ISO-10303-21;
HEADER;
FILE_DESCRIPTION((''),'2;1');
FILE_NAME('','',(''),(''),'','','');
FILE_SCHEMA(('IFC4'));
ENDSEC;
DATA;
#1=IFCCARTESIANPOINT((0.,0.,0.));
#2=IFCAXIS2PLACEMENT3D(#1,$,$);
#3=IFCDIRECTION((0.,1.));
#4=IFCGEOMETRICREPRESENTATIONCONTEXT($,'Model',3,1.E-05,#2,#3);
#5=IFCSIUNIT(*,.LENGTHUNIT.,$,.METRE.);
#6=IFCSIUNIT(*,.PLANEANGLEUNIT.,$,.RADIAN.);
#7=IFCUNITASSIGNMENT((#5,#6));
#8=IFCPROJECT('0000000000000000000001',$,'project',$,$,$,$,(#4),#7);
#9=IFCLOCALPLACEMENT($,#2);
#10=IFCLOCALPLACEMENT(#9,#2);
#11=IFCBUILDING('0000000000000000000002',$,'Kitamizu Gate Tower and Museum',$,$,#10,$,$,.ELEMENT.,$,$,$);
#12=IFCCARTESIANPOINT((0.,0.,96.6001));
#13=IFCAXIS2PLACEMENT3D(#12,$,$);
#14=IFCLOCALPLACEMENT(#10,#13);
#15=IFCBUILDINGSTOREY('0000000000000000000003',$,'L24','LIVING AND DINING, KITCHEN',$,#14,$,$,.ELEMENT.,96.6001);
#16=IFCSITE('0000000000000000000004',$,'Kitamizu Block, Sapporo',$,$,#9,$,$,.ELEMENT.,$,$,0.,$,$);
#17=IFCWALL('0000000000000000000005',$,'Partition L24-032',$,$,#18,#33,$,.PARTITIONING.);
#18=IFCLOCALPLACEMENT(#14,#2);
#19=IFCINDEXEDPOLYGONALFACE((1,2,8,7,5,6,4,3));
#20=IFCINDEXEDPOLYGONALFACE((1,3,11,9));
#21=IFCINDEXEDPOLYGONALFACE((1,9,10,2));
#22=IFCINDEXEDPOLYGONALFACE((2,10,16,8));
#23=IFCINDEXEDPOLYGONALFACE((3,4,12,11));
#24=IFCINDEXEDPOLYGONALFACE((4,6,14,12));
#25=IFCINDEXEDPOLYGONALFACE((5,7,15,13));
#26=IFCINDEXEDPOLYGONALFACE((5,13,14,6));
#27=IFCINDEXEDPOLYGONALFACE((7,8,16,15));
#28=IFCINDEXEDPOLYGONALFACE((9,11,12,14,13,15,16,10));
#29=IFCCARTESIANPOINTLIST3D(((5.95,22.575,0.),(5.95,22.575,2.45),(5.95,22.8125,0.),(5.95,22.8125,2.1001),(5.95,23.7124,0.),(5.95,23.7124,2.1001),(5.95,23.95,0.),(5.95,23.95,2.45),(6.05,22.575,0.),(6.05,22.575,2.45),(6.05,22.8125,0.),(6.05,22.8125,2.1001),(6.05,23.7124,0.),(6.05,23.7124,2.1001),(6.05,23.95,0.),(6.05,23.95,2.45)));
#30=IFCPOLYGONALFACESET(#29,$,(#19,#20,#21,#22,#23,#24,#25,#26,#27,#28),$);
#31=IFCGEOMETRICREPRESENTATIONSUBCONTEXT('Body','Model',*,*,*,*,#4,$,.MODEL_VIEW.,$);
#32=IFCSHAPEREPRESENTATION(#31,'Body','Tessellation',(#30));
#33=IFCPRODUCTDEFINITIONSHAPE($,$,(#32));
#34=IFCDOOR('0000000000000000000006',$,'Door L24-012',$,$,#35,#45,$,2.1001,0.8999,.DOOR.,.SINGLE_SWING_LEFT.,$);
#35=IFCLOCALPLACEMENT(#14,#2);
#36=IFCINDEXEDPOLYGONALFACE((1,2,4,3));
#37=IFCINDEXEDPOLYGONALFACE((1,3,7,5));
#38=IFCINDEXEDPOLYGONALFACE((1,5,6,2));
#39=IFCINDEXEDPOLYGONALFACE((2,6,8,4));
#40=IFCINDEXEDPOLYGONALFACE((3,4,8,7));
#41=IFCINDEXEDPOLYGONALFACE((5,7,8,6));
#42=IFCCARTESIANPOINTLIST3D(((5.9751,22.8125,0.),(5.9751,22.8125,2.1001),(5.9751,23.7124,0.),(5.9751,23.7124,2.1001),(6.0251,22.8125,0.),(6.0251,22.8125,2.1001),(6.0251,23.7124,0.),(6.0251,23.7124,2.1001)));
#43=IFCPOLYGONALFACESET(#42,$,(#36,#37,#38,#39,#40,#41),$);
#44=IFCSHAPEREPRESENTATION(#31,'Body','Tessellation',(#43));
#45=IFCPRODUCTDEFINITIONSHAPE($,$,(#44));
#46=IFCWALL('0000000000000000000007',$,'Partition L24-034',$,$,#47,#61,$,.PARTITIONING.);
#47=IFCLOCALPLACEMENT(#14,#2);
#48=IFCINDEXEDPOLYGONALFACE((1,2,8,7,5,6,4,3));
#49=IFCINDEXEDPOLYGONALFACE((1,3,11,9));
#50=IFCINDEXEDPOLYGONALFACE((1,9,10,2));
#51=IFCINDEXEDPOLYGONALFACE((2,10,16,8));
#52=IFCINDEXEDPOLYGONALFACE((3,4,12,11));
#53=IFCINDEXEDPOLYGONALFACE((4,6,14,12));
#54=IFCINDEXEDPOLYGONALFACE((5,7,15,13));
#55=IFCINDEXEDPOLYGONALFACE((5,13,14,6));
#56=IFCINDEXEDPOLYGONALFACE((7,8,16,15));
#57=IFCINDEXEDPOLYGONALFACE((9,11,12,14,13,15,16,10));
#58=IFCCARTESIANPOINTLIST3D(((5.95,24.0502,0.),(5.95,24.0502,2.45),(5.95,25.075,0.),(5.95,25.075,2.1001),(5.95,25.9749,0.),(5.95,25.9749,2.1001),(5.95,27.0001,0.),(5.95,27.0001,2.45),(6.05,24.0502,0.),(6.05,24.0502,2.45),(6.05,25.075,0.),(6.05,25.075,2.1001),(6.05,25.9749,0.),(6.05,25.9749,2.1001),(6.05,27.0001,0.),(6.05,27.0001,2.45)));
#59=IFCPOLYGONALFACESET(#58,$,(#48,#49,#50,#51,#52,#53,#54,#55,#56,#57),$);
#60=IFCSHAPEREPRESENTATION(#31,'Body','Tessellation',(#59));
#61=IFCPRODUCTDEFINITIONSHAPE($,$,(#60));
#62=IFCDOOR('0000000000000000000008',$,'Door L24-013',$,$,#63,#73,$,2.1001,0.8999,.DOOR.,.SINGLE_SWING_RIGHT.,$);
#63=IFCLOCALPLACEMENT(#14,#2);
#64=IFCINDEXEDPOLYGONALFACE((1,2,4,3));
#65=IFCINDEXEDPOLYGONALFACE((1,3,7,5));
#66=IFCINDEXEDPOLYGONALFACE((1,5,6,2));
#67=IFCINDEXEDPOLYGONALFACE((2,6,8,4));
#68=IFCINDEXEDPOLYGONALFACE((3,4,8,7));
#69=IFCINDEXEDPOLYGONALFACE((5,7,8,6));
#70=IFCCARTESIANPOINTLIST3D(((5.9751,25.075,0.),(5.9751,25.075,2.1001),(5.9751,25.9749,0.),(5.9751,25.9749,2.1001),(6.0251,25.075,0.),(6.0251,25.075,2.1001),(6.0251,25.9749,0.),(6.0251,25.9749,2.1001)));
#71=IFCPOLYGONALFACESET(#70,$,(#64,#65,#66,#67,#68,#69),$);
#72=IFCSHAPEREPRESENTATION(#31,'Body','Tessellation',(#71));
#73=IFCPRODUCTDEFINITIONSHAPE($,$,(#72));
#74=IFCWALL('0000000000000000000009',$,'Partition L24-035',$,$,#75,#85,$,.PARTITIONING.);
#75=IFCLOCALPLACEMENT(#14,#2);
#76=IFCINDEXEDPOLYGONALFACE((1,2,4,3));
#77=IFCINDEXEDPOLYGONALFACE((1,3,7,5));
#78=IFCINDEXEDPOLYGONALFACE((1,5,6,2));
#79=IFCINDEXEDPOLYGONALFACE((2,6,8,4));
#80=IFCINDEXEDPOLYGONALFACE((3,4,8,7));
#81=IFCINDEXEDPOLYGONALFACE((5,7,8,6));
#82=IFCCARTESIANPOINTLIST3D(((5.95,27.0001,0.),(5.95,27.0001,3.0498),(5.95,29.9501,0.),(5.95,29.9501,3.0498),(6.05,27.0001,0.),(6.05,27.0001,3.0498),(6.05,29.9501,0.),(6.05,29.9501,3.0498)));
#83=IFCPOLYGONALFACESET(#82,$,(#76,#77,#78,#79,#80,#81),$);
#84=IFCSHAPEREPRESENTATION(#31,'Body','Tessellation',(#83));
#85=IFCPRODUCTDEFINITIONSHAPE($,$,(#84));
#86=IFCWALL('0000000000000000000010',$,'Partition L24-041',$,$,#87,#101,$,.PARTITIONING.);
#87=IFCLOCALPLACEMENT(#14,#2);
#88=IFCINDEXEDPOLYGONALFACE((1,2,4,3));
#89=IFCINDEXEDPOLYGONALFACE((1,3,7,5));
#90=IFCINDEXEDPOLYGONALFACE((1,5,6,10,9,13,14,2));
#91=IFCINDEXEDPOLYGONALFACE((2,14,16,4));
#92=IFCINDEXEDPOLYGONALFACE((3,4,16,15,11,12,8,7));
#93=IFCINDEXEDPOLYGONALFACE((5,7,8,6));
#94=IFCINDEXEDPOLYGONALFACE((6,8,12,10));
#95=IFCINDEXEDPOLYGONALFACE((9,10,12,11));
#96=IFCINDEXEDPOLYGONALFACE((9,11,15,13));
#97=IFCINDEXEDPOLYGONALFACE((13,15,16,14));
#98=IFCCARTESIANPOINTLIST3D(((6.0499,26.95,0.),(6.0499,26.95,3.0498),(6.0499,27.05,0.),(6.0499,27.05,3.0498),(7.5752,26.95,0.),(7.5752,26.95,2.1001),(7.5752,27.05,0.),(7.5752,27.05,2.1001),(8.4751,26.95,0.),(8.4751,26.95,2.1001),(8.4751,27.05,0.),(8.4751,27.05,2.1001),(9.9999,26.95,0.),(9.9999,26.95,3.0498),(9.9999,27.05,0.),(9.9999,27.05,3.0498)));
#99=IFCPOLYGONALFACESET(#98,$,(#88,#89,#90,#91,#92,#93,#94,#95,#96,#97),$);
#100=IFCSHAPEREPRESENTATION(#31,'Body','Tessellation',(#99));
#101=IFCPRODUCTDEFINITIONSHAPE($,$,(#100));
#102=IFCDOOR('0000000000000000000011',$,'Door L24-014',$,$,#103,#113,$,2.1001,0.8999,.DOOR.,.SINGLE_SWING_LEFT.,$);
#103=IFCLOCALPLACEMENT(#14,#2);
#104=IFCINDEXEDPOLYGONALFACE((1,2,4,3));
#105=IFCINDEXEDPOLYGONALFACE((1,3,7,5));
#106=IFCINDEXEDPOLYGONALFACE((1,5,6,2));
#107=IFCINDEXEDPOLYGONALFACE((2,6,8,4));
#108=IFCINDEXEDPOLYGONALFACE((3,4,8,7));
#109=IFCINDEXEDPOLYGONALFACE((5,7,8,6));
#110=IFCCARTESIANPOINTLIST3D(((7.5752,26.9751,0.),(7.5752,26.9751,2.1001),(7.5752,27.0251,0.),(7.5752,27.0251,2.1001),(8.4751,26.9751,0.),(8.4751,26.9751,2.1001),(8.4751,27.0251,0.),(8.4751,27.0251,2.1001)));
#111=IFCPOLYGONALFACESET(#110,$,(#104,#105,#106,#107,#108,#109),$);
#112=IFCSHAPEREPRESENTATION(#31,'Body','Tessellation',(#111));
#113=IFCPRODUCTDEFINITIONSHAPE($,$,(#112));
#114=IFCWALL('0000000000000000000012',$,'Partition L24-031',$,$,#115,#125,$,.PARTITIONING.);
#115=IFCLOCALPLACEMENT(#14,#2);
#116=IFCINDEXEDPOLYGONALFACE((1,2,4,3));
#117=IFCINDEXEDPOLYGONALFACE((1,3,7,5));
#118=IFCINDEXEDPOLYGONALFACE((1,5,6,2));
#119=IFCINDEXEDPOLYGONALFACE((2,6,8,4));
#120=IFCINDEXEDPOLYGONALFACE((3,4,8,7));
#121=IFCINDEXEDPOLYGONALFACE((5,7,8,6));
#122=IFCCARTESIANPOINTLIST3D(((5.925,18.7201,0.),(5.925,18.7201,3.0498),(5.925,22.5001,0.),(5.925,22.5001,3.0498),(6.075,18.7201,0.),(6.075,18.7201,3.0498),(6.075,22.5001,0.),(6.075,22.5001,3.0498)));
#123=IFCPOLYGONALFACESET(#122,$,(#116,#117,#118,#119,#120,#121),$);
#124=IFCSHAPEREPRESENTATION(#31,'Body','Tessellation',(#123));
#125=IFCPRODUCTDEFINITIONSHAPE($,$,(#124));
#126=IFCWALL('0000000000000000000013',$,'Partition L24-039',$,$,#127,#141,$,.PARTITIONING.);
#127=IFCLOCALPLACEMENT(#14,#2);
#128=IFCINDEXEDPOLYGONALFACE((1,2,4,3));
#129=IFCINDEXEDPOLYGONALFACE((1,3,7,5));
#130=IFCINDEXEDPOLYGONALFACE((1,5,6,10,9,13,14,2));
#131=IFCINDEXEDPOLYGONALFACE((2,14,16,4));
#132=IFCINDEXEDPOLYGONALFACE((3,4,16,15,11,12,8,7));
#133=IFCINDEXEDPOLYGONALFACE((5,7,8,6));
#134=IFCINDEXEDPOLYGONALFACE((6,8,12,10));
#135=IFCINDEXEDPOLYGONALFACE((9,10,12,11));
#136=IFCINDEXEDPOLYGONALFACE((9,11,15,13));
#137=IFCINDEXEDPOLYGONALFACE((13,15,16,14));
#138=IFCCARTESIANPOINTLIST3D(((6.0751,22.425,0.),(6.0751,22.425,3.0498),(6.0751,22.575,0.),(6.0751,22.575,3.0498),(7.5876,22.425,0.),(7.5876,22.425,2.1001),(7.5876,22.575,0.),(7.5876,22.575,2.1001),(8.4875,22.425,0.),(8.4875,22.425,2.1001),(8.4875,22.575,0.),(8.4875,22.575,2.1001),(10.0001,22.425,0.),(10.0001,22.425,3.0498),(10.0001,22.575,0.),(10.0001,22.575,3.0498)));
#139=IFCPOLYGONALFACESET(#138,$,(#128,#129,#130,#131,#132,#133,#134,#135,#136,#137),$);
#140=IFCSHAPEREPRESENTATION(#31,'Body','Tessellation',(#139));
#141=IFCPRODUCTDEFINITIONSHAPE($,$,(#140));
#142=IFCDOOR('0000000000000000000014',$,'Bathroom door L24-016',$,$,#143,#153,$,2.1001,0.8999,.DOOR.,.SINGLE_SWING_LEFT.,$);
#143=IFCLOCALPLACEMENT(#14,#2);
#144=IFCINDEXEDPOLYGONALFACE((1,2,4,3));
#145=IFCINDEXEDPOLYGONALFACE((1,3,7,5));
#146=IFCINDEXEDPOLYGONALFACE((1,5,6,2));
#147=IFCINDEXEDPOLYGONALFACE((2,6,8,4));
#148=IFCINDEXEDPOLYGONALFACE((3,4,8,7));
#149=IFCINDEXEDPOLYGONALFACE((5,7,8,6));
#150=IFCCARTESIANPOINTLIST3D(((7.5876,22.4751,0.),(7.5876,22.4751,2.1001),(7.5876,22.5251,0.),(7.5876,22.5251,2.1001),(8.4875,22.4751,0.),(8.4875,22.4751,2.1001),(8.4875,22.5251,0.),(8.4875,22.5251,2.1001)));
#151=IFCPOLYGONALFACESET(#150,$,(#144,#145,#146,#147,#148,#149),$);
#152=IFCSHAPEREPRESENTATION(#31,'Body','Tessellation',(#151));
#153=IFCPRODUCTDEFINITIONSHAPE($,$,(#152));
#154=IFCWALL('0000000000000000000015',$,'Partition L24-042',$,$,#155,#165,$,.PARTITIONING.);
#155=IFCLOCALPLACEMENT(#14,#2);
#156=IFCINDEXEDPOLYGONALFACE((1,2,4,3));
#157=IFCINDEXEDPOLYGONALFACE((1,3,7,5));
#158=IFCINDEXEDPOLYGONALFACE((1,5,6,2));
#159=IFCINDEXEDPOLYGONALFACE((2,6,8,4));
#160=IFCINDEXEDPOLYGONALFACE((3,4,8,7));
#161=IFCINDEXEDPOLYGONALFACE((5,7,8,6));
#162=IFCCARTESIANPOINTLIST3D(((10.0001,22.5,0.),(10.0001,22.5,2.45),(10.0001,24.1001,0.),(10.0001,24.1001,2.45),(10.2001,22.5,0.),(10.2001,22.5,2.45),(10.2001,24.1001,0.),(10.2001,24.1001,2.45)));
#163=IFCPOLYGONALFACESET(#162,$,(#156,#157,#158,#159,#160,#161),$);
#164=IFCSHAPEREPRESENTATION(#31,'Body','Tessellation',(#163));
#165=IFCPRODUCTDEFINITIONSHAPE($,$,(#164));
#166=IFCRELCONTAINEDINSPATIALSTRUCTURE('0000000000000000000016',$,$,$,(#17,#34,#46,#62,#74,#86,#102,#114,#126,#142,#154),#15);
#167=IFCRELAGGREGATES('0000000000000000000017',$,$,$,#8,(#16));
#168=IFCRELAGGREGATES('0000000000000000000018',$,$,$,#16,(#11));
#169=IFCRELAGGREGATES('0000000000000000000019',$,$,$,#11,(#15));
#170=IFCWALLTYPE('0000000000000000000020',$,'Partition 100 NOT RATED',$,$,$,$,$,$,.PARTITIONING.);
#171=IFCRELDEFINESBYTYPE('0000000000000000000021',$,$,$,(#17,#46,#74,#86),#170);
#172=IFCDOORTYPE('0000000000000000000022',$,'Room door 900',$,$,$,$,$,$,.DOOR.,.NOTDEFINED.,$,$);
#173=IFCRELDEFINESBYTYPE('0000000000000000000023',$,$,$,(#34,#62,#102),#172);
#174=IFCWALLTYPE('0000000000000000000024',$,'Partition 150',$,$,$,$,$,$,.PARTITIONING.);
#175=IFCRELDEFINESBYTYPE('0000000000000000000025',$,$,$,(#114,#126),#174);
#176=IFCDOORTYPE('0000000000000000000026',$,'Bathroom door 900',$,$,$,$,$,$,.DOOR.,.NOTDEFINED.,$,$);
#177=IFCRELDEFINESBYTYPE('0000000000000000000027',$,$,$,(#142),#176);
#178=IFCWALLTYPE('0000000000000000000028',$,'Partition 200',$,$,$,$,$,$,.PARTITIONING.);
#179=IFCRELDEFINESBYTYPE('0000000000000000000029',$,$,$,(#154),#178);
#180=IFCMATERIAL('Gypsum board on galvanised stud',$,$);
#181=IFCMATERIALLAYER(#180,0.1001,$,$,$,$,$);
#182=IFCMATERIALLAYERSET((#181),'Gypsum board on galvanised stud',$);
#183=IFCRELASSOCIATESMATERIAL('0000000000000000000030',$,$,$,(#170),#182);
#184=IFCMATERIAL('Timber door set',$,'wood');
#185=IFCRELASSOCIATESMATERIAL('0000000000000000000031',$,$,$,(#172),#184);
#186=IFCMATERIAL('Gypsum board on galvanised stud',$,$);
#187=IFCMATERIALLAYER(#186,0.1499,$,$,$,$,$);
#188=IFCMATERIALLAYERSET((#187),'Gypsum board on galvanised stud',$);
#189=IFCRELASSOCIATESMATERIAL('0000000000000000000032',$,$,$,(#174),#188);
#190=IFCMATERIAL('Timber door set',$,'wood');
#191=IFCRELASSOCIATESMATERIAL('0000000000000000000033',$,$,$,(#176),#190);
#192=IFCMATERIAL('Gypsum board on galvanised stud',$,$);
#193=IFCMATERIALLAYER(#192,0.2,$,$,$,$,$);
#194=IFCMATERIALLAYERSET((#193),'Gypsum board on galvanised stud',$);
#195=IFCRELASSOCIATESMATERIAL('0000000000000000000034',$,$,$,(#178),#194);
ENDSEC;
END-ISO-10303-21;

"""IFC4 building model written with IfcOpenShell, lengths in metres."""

from ifc_helpers import new_model, si_unit, direction, frame, frame_2d, origin, place, context, subcontext, project, spatial, rectangle, extrude, material, layer, layer_set, type_object, element, fill, save


model = new_model("IFC4")

# Units and contexts
model_context = context("Model", 3, precision=1e-05, world=origin(), true_north=direction((0.0, 1.0)))
body_context = subcontext(model_context, "Body", "Model", "MODEL_VIEW")
ifc_project = project(units=[si_unit("LENGTHUNIT", "METRE"), si_unit("PLANEANGLEUNIT", "RADIAN")], contexts=[model_context])

# Site, building, storey
site_placement = place(None, origin())
site = spatial("IfcSite", under=ifc_project, at=site_placement, Name="Kitamizu Block, Sapporo", CompositionType="ELEMENT", RefElevation=0.0)
building_placement = place(site_placement, origin())
building = spatial("IfcBuilding", under=site, at=building_placement, Name="Kitamizu Gate Tower and Museum", CompositionType="ELEMENT")
storey_placement = place(building_placement, frame((0.0, 0.0, 96.6001)))
storey = spatial("IfcBuildingStorey", under=building, at=storey_placement, Name="L24", Description="LIVING AND DINING, KITCHEN", CompositionType="ELEMENT", Elevation=96.6001)

# Shared definitions
ifc_material_1 = material(Name="Gypsum board on galvanised stud")
ifc_layer_1 = layer(ifc_material_1, 0.1001)
ifc_layer_set_1 = layer_set([ifc_layer_1], Name="Gypsum board on galvanised stud")
wall_type_1 = type_object("IfcWallType", Name="Partition 100 NOT RATED", PredefinedType="PARTITIONING", material=ifc_layer_set_1)

# Walls, openings, doors
wall_1_placement = place(storey_placement, frame((6.0, 22.575, 0.0), z_axis=(0.0, 0.0, 1.0), x_axis=(0.0, 1.0, 0.0)))
wall_1 = element("IfcWall", 1, at=wall_1_placement, inside=storey, type_object=wall_type_1, Name="Partition L24-032", PredefinedType="PARTITIONING", context=body_context, shape_type="SweptSolid", body=[
    extrude(rectangle(XDim=1.375, YDim=0.1001, at=frame_2d((0.6875, 0.0))), origin(), (0.0, 0.0, 1.0), 2.45),
])
opening_1_placement = place(wall_1_placement, frame((0.2375, 0.0, 0.0)))
opening_1 = element("IfcOpeningElement", 2, at=opening_1_placement, cuts=wall_1, PredefinedType="OPENING", context=body_context, shape_type="SweptSolid", body=[
    extrude(rectangle(XDim=0.8999, YDim=2.1001, at=frame_2d((0.45, 1.05))), frame((0.0, 0.0601, 0.0), z_axis=(0.0, -1.0, 0.0), x_axis=(1.0, 0.0, 0.0)), (0.0, 0.0, 1.0), 0.1201),
])
ifc_material_2 = material(Name="Timber door set", Category="wood")
door_type_1 = type_object("IfcDoorType", Name="Room door 900", OperationType="NOTDEFINED", PredefinedType="DOOR", material=ifc_material_2)
door_1_placement = place(opening_1_placement, origin())
door_1 = element("IfcDoor", 3, at=door_1_placement, inside=storey, type_object=door_type_1, Name="Door L24-012", OperationType="SINGLE_SWING_LEFT", OverallHeight=2.1001, OverallWidth=0.8999, PredefinedType="DOOR", context=body_context, shape_type="SweptSolid", body=[
    extrude(rectangle(XDim=0.8999, YDim=2.1001, at=frame_2d((0.45, 1.05))), frame((0.0, 0.0249, 0.0), z_axis=(0.0, -1.0, 0.0), x_axis=(1.0, 0.0, 0.0)), (0.0, 0.0, 1.0), 0.05),
])
fill(opening_1, door_1)
wall_2_placement = place(storey_placement, frame((6.0, 24.05, 0.0), z_axis=(0.0, 0.0, 1.0), x_axis=(0.0, 1.0, 0.0)))
wall_2 = element("IfcWall", 4, at=wall_2_placement, inside=storey, type_object=wall_type_1, Name="Partition L24-034", PredefinedType="PARTITIONING", context=body_context, shape_type="SweptSolid", body=[
    extrude(rectangle(XDim=2.95, YDim=0.1001, at=frame_2d((1.4751, 0.0))), origin(), (0.0, 0.0, 1.0), 2.45),
])
opening_2_placement = place(wall_2_placement, frame((1.0249, 0.0, 0.0)))
opening_2 = element("IfcOpeningElement", 5, at=opening_2_placement, cuts=wall_2, PredefinedType="OPENING", context=body_context, shape_type="SweptSolid", body=[
    extrude(rectangle(XDim=0.8999, YDim=2.1001, at=frame_2d((0.45, 1.05))), frame((0.0, 0.0601, 0.0), z_axis=(0.0, -1.0, 0.0), x_axis=(1.0, 0.0, 0.0)), (0.0, 0.0, 1.0), 0.1201),
])
door_2_placement = place(opening_2_placement, origin())
door_2 = element("IfcDoor", 6, at=door_2_placement, inside=storey, type_object=door_type_1, Name="Door L24-013", OperationType="SINGLE_SWING_RIGHT", OverallHeight=2.1001, OverallWidth=0.8999, PredefinedType="DOOR", context=body_context, shape_type="SweptSolid", body=[
    extrude(rectangle(XDim=0.8999, YDim=2.1001, at=frame_2d((0.45, 1.05))), frame((0.0, 0.0249, 0.0), z_axis=(0.0, -1.0, 0.0), x_axis=(1.0, 0.0, 0.0)), (0.0, 0.0, 1.0), 0.05),
])
fill(opening_2, door_2)

# Wall
wall_3_placement = place(storey_placement, frame((6.0, 27.0, 0.0), z_axis=(0.0, 0.0, 1.0), x_axis=(0.0, 1.0, 0.0)))
element("IfcWall", 7, at=wall_3_placement, inside=storey, type_object=wall_type_1, Name="Partition L24-035", PredefinedType="PARTITIONING", context=body_context, shape_type="SweptSolid", body=[
    extrude(rectangle(XDim=2.95, YDim=0.1001, at=frame_2d((1.4751, 0.0))), origin(), (0.0, 0.0, 1.0), 3.0498),
])

# Wall, opening, door
wall_4_placement = place(storey_placement, frame((10.0, 27.0, 0.0), z_axis=(0.0, 0.0, 1.0), x_axis=(-1.0, 0.0, 0.0)))
wall_4 = element("IfcWall", 8, at=wall_4_placement, inside=storey, type_object=wall_type_1, Name="Partition L24-041", PredefinedType="PARTITIONING", context=body_context, shape_type="SweptSolid", body=[
    extrude(rectangle(XDim=3.95, YDim=0.1001, at=frame_2d((1.9751, 0.0))), origin(), (0.0, 0.0, 1.0), 3.0498),
])
opening_3_placement = place(wall_4_placement, frame((1.5249, 0.0, 0.0)))
opening_3 = element("IfcOpeningElement", 9, at=opening_3_placement, cuts=wall_4, PredefinedType="OPENING", context=body_context, shape_type="SweptSolid", body=[
    extrude(rectangle(XDim=0.8999, YDim=2.1001, at=frame_2d((0.45, 1.05))), frame((0.0, 0.0601, 0.0), z_axis=(0.0, -1.0, 0.0), x_axis=(1.0, 0.0, 0.0)), (0.0, 0.0, 1.0), 0.1201),
])
door_3_placement = place(opening_3_placement, origin())
door_3 = element("IfcDoor", 10, at=door_3_placement, inside=storey, type_object=door_type_1, Name="Door L24-014", OperationType="SINGLE_SWING_LEFT", OverallHeight=2.1001, OverallWidth=0.8999, PredefinedType="DOOR", context=body_context, shape_type="SweptSolid", body=[
    extrude(rectangle(XDim=0.8999, YDim=2.1001, at=frame_2d((0.45, 1.05))), frame((0.0, 0.0249, 0.0), z_axis=(0.0, -1.0, 0.0), x_axis=(1.0, 0.0, 0.0)), (0.0, 0.0, 1.0), 0.05),
])
fill(opening_3, door_3)

# Wall
ifc_material_3 = material(Name="Gypsum board on galvanised stud")
ifc_layer_2 = layer(ifc_material_3, 0.1499)
ifc_layer_set_2 = layer_set([ifc_layer_2], Name="Gypsum board on galvanised stud")
wall_type_2 = type_object("IfcWallType", Name="Partition 150", PredefinedType="PARTITIONING", material=ifc_layer_set_2)
wall_5_placement = place(storey_placement, frame((6.0, 18.72, 0.0), z_axis=(0.0, 0.0, 1.0), x_axis=(0.0, 1.0, 0.0)))
element("IfcWall", 11, at=wall_5_placement, inside=storey, type_object=wall_type_2, Name="Partition L24-031", PredefinedType="PARTITIONING", context=body_context, shape_type="SweptSolid", body=[
    extrude(rectangle(XDim=3.78, YDim=0.1499, at=frame_2d((1.8901, 0.0))), origin(), (0.0, 0.0, 1.0), 3.0498),
])

# Wall, opening, door
wall_6_placement = place(storey_placement, frame((10.0, 22.5, 0.0), z_axis=(0.0, 0.0, 1.0), x_axis=(-1.0, 0.0, 0.0)))
wall_6 = element("IfcWall", 12, at=wall_6_placement, inside=storey, type_object=wall_type_2, Name="Partition L24-039", PredefinedType="PARTITIONING", context=body_context, shape_type="SweptSolid", body=[
    extrude(rectangle(XDim=3.925, YDim=0.1499, at=frame_2d((1.9624, 0.0))), origin(), (0.0, 0.0, 1.0), 3.0498),
])
opening_4_placement = place(wall_6_placement, frame((1.5125, 0.0, 0.0)))
opening_4 = element("IfcOpeningElement", 13, at=opening_4_placement, cuts=wall_6, PredefinedType="OPENING", context=body_context, shape_type="SweptSolid", body=[
    extrude(rectangle(XDim=0.8999, YDim=2.1001, at=frame_2d((0.45, 1.05))), frame((0.0, 0.085, 0.0), z_axis=(0.0, -1.0, 0.0), x_axis=(1.0, 0.0, 0.0)), (0.0, 0.0, 1.0), 0.1699),
])
ifc_material_4 = material(Name="Timber door set", Category="wood")
door_type_2 = type_object("IfcDoorType", Name="Bathroom door 900", OperationType="NOTDEFINED", PredefinedType="DOOR", material=ifc_material_4)
door_4_placement = place(opening_4_placement, origin())
door_4 = element("IfcDoor", 14, at=door_4_placement, inside=storey, type_object=door_type_2, Name="Bathroom door L24-016", OperationType="SINGLE_SWING_LEFT", OverallHeight=2.1001, OverallWidth=0.8999, PredefinedType="DOOR", context=body_context, shape_type="SweptSolid", body=[
    extrude(rectangle(XDim=0.8999, YDim=2.1001, at=frame_2d((0.45, 1.05))), frame((0.0, 0.0249, 0.0), z_axis=(0.0, -1.0, 0.0), x_axis=(1.0, 0.0, 0.0)), (0.0, 0.0, 1.0), 0.05),
])
fill(opening_4, door_4)

# Wall
ifc_material_5 = material(Name="Gypsum board on galvanised stud")
ifc_layer_3 = layer(ifc_material_5, 0.2)
ifc_layer_set_3 = layer_set([ifc_layer_3], Name="Gypsum board on galvanised stud")
wall_type_3 = type_object("IfcWallType", Name="Partition 200", PredefinedType="PARTITIONING", material=ifc_layer_set_3)
wall_7_placement = place(storey_placement, frame((10.1001, 22.5, 0.0), z_axis=(0.0, 0.0, 1.0), x_axis=(0.0, 1.0, 0.0)))
element("IfcWall", 15, at=wall_7_placement, inside=storey, type_object=wall_type_3, Name="Partition L24-042", PredefinedType="PARTITIONING", context=body_context, shape_type="SweptSolid", body=[
    extrude(rectangle(XDim=1.6001, YDim=0.2, at=frame_2d((0.8, 0.0))), origin(), (0.0, 0.0, 1.0), 2.45),
])

save(model, "model.ifc")
